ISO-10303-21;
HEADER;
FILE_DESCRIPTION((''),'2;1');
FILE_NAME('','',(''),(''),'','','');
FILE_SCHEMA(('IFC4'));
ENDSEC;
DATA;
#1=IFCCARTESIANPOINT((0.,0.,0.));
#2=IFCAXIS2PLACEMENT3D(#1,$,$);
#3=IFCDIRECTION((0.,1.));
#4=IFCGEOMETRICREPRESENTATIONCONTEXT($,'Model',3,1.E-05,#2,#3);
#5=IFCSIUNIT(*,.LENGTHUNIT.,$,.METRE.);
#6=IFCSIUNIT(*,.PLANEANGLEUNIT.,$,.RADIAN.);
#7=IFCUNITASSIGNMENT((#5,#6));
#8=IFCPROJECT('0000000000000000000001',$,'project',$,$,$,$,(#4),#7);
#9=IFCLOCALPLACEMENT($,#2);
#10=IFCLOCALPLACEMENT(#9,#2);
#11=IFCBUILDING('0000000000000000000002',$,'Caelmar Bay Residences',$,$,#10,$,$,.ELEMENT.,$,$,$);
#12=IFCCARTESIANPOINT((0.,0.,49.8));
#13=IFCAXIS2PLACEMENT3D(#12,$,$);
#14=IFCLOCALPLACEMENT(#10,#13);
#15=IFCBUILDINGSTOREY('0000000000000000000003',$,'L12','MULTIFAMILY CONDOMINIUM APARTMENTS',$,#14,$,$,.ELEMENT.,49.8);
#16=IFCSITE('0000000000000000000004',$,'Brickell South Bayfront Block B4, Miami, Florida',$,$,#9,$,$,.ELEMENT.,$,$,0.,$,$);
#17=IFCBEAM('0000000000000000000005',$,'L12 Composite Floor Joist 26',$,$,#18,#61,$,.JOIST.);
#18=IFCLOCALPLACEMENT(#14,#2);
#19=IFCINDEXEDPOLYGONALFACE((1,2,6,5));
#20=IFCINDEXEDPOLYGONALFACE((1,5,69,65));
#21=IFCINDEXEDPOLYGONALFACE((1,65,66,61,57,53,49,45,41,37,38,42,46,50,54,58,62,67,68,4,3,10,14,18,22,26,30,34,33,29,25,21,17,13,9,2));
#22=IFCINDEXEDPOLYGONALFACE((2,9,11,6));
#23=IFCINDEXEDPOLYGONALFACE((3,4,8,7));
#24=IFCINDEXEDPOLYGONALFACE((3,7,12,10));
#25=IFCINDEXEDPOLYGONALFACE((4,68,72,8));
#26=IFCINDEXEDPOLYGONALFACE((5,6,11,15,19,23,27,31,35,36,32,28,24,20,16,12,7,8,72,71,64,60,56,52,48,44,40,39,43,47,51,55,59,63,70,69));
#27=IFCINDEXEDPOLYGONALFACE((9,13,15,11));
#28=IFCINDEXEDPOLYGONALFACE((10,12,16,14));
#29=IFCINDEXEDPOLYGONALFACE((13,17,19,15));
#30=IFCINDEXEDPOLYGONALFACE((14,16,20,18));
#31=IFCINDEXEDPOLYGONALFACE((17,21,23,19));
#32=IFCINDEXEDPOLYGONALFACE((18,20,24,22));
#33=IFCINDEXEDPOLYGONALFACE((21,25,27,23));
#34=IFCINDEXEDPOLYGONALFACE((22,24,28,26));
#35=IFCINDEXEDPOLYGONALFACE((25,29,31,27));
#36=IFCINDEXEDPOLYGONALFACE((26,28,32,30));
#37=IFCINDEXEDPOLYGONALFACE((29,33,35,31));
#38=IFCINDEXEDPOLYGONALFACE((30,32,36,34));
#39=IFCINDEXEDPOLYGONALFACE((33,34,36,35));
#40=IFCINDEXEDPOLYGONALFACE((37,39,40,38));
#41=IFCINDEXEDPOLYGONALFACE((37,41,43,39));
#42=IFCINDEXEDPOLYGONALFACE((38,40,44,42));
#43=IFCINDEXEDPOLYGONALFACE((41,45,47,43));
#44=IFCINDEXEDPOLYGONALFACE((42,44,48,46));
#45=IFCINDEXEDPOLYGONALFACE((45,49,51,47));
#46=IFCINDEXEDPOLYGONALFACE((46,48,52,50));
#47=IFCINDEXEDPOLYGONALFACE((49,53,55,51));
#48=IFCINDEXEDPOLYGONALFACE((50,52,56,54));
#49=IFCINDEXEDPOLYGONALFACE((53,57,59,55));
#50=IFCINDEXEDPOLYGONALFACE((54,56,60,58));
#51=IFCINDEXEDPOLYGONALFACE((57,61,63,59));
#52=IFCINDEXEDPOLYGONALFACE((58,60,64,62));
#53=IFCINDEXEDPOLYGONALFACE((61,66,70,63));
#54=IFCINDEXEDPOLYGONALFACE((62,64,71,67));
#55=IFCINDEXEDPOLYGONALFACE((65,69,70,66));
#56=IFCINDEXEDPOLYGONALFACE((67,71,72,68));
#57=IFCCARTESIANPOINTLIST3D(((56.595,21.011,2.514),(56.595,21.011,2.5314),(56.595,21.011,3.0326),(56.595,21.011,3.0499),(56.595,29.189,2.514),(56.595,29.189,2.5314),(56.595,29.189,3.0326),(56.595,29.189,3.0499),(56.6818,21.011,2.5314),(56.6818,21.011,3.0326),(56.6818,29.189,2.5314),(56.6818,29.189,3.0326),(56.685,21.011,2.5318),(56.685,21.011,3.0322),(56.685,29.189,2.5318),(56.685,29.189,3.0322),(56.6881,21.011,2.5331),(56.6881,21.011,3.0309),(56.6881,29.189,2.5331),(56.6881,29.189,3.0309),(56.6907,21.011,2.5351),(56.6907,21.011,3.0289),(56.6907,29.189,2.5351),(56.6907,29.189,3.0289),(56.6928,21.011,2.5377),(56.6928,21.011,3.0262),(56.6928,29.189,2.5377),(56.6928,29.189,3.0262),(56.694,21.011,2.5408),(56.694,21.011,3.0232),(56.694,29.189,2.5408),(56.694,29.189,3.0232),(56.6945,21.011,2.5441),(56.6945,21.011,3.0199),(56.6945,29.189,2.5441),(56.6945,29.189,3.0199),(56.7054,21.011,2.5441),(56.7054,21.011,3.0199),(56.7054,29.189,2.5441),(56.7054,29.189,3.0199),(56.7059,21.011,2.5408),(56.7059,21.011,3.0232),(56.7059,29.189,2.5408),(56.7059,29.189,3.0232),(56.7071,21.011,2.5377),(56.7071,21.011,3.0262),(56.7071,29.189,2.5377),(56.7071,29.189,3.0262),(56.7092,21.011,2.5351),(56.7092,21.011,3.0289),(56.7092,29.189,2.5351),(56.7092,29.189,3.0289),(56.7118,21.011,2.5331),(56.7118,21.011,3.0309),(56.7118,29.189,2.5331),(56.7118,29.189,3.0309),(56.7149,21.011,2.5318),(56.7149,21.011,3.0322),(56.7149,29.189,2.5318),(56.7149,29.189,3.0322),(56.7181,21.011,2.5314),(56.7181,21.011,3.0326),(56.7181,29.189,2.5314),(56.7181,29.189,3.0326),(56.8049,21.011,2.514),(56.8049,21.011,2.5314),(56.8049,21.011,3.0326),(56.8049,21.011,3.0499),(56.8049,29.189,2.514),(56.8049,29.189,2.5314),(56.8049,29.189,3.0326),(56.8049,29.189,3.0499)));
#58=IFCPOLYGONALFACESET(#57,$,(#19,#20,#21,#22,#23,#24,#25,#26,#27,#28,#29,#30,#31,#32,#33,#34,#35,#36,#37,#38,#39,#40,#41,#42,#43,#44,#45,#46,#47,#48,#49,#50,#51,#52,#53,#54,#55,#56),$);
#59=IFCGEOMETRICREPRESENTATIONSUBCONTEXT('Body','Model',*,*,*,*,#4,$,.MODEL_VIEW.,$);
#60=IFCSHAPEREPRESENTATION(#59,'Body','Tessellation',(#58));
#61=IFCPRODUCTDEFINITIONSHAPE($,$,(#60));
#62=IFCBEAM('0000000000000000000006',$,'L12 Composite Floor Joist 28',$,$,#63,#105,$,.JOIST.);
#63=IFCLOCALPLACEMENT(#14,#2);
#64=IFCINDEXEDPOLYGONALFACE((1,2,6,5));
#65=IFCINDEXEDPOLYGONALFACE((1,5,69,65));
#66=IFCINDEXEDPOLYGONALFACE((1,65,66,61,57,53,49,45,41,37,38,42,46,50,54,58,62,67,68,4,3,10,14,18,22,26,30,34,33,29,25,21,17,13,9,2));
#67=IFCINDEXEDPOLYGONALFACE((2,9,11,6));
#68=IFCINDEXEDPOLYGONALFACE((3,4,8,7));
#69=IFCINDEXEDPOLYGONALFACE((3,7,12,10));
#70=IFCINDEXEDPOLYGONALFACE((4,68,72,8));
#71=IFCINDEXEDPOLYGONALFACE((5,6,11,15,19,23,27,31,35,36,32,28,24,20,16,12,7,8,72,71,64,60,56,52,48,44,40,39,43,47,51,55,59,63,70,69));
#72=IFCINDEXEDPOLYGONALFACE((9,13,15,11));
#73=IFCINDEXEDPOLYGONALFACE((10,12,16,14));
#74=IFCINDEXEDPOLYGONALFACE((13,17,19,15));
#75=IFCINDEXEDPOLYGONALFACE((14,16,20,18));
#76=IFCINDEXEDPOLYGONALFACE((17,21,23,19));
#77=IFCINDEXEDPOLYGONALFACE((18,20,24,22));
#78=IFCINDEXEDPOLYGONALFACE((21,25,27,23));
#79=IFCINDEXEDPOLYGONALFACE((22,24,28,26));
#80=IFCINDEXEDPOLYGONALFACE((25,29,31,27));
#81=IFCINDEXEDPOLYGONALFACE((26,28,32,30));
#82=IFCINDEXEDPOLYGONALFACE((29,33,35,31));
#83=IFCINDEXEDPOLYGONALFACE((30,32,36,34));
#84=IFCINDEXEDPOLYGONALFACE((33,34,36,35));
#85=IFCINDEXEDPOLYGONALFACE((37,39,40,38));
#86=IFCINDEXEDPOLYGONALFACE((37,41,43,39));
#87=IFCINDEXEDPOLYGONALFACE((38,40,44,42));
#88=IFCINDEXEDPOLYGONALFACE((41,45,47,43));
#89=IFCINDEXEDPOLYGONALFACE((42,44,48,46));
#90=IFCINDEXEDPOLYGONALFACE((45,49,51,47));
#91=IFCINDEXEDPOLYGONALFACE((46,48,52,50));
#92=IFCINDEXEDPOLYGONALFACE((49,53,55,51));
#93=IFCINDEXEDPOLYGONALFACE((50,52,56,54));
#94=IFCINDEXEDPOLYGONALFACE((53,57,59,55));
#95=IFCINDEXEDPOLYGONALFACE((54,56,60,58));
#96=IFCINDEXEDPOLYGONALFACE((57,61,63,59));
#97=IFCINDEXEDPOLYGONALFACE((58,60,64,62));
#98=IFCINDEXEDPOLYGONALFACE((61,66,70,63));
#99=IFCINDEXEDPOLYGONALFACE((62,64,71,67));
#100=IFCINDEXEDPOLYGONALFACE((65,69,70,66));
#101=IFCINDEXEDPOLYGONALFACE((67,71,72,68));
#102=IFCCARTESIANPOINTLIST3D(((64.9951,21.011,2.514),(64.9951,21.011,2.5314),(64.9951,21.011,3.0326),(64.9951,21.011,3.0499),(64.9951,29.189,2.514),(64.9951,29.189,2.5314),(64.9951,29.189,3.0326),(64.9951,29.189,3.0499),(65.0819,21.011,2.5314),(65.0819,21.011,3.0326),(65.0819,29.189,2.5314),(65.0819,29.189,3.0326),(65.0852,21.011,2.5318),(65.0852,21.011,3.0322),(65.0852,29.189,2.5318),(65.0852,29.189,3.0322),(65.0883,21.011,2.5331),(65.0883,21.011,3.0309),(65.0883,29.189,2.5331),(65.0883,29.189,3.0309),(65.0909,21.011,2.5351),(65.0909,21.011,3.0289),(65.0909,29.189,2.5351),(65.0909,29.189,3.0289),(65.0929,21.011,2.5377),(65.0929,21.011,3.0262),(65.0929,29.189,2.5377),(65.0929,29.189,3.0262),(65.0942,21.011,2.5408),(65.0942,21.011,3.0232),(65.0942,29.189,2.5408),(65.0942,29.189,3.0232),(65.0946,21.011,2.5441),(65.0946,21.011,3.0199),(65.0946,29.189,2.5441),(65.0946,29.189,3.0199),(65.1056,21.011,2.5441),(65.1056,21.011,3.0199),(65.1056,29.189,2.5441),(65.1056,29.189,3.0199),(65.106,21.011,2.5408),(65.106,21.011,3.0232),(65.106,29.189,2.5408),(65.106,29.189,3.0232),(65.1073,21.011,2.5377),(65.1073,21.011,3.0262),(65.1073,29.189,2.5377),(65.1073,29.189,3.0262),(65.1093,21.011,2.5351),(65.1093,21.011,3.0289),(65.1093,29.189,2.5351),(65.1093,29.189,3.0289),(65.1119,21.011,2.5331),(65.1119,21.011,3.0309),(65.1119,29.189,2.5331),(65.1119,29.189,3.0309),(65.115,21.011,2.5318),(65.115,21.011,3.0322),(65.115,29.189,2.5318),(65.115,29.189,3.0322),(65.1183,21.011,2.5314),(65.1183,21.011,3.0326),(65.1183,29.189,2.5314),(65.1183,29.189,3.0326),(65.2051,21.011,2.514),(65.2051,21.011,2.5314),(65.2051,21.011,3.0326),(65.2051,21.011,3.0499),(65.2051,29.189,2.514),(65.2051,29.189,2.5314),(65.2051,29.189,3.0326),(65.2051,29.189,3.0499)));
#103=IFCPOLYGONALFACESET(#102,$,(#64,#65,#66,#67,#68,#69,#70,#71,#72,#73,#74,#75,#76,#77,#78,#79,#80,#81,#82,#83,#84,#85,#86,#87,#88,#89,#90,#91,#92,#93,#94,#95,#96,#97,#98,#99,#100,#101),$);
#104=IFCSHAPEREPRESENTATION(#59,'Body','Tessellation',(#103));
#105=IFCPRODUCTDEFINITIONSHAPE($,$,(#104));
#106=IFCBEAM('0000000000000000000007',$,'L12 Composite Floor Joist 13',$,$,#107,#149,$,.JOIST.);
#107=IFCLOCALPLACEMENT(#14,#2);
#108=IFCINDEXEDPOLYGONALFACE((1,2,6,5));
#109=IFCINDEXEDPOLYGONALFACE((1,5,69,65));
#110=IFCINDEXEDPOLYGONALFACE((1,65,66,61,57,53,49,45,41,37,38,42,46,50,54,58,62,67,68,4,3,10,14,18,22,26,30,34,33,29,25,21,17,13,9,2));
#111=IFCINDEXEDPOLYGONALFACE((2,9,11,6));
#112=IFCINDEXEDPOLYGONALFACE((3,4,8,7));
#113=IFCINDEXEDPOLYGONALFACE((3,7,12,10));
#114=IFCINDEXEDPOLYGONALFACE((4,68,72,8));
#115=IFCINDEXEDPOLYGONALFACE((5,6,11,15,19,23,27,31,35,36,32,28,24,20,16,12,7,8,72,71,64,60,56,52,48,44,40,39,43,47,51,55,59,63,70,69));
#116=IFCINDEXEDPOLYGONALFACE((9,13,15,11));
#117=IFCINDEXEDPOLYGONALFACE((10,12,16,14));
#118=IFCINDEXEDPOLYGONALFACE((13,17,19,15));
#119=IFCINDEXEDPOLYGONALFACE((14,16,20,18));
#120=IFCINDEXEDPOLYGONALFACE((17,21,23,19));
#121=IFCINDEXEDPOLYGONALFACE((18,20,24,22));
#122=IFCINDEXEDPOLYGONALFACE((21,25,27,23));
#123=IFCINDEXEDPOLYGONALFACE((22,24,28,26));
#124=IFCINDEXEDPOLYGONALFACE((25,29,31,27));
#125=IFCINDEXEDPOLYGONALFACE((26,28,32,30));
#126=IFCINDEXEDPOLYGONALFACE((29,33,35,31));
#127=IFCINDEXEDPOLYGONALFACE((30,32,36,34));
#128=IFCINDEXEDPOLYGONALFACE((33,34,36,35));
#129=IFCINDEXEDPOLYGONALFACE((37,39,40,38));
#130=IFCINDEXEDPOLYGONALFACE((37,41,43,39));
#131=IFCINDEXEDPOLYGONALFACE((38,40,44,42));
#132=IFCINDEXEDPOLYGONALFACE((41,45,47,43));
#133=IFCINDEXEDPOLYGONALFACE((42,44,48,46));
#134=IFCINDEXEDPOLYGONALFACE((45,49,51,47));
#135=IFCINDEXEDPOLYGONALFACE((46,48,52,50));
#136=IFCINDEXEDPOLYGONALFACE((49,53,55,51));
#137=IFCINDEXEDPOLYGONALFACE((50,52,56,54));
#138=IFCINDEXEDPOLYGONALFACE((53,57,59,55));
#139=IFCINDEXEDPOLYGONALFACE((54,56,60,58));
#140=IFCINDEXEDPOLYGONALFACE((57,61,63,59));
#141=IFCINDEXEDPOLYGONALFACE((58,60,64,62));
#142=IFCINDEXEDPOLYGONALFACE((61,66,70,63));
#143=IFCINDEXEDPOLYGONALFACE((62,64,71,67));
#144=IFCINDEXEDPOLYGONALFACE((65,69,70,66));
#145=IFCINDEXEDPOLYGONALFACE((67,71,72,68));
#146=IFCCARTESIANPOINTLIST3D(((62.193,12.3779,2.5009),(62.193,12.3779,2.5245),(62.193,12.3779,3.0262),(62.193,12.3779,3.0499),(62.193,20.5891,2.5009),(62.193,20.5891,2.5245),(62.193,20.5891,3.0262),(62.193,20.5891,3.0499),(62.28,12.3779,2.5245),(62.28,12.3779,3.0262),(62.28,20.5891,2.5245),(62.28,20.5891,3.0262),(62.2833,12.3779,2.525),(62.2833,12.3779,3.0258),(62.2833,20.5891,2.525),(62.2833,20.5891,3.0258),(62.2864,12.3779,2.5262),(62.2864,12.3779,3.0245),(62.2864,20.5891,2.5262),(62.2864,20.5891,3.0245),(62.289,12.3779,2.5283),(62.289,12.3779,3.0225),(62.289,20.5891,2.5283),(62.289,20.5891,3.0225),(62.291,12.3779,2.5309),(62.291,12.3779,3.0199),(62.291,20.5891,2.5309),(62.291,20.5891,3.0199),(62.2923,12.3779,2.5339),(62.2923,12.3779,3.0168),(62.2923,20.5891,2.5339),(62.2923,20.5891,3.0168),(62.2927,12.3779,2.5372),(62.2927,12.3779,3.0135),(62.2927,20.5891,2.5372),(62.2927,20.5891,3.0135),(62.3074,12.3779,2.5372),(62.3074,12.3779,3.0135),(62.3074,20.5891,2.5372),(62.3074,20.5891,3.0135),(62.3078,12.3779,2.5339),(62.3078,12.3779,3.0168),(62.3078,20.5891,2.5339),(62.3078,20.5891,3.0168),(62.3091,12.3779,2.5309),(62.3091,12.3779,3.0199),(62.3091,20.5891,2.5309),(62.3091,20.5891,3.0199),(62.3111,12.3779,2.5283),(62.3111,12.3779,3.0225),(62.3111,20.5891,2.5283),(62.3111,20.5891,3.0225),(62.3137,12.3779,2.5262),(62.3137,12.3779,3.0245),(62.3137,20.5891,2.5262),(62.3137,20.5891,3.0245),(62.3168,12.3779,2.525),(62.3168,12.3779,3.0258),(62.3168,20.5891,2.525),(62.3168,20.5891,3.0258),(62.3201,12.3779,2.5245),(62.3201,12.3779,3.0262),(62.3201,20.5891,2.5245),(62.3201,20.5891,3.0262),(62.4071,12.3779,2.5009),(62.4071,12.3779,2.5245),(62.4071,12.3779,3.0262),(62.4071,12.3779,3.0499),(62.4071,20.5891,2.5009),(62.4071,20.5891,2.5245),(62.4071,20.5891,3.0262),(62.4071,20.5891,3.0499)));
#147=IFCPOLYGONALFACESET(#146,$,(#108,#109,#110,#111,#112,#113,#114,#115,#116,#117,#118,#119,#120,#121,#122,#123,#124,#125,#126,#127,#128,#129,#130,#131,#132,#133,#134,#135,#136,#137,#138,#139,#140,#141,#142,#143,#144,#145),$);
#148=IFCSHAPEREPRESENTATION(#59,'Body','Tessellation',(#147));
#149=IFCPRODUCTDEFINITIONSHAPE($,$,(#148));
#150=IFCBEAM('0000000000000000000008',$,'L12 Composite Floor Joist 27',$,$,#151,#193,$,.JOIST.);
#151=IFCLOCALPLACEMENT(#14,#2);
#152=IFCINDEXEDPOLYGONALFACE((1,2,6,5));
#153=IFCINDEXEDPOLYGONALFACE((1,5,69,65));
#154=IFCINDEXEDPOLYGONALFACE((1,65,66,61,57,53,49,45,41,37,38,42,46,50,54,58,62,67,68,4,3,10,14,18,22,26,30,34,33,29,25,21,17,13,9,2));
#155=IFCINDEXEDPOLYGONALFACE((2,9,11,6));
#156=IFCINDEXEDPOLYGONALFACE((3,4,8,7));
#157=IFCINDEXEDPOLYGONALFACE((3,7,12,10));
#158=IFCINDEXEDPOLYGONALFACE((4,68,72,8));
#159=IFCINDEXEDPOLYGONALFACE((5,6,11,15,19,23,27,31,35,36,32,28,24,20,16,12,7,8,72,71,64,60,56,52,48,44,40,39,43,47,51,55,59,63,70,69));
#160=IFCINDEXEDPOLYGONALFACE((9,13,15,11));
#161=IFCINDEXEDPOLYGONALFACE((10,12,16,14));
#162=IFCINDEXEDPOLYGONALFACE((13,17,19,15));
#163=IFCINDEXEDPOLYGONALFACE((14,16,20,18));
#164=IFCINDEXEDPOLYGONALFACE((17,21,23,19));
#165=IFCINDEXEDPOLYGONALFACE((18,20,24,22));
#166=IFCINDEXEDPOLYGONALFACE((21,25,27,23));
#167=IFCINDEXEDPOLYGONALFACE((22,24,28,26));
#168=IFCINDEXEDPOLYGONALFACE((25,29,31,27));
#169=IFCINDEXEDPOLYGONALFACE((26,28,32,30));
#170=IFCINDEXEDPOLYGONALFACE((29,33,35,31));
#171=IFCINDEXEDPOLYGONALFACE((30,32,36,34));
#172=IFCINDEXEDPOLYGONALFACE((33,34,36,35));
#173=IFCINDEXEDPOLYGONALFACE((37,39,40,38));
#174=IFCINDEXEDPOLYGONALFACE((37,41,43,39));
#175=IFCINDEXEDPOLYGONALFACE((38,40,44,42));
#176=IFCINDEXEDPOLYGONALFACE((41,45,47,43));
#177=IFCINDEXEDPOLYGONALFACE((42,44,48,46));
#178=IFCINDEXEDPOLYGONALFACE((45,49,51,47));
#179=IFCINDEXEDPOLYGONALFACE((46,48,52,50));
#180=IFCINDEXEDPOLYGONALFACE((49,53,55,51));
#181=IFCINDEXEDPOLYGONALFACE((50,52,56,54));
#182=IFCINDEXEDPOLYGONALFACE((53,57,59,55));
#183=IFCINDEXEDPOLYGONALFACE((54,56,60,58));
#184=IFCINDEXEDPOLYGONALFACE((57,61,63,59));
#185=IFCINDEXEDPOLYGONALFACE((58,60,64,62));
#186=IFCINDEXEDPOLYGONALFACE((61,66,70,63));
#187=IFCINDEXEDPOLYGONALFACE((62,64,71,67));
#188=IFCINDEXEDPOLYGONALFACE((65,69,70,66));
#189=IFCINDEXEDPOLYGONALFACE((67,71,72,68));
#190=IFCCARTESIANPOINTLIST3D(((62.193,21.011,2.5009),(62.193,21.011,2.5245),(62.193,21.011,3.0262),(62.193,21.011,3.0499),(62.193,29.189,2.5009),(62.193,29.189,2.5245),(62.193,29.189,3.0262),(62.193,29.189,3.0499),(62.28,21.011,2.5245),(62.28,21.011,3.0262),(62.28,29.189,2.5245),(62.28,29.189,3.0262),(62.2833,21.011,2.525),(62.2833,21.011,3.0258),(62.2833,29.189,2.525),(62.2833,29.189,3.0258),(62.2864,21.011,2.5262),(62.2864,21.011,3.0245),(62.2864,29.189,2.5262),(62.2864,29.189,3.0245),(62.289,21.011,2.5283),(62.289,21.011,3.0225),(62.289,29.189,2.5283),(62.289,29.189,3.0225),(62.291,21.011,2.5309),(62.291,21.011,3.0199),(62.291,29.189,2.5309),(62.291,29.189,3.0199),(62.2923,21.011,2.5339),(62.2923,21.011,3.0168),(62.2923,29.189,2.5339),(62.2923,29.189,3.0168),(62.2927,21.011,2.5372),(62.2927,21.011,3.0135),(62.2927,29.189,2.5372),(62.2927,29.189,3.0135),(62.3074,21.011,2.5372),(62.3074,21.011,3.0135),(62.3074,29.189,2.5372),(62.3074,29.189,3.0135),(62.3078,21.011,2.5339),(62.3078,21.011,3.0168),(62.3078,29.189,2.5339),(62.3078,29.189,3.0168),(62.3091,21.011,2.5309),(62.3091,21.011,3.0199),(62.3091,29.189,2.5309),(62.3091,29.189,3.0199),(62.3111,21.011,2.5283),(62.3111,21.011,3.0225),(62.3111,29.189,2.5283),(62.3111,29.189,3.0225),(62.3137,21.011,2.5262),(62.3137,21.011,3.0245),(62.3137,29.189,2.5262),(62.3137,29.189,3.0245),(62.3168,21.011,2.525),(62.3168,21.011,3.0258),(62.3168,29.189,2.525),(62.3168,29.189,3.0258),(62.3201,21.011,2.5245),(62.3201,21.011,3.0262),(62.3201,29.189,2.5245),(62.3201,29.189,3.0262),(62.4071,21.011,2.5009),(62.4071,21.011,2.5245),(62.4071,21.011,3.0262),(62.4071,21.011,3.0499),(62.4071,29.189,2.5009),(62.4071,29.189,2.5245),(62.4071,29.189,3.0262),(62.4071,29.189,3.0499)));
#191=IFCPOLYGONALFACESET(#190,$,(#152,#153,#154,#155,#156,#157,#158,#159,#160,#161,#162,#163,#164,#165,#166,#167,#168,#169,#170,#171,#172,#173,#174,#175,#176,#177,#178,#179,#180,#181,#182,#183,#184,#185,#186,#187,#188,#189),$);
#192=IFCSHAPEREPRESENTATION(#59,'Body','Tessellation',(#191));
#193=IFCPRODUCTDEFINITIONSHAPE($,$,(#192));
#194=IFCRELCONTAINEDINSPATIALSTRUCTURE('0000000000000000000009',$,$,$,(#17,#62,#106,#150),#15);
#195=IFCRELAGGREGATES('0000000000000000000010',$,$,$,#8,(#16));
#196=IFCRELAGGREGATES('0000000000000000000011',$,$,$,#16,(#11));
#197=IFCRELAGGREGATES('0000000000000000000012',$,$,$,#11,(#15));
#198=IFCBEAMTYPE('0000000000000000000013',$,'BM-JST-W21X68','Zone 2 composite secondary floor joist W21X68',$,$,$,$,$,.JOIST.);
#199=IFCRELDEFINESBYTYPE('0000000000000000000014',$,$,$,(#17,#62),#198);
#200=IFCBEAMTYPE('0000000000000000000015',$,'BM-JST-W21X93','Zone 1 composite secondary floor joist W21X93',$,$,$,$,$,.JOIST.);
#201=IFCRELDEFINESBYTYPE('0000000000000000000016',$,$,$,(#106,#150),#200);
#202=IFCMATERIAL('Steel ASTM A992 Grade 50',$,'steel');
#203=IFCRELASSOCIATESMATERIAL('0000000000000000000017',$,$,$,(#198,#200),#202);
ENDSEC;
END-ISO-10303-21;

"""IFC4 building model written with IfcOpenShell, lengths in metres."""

from ifc_helpers import new_model, si_unit, direction, frame, origin, origin_2d, place, context, subcontext, project, spatial, i_section, extrude, material, material_profile, profile_set, type_object, element, save


model = new_model("IFC4")

# Units and contexts
model_context = context("Model", 3, precision=1e-05, world=origin(), true_north=direction((0.0, 1.0)))
body_context = subcontext(model_context, "Body", "Model", "MODEL_VIEW")
ifc_project = project(units=[si_unit("LENGTHUNIT", "METRE"), si_unit("PLANEANGLEUNIT", "RADIAN")], contexts=[model_context])

# Site, building, storey
site_placement = place(None, origin())
site = spatial("IfcSite", under=ifc_project, at=site_placement, Name="Brickell South Bayfront Block B4, Miami, Florida", CompositionType="ELEMENT", RefElevation=0.0)
building_placement = place(site_placement, origin())
building = spatial("IfcBuilding", under=site, at=building_placement, Name="Caelmar Bay Residences", CompositionType="ELEMENT")
storey_placement = place(building_placement, frame((0.0, 0.0, 49.8)))
storey = spatial("IfcBuildingStorey", under=building, at=storey_placement, Name="L12", Description="MULTIFAMILY CONDOMINIUM APARTMENTS", CompositionType="ELEMENT", Elevation=49.8)

# Beams
ifc_material_1 = material(Name="Steel ASTM A992 Grade 50", Category="steel")
ifc_material_profile_1 = material_profile(ifc_material_1, i_section(OverallWidth=0.21, OverallDepth=0.5359, WebThickness=0.011, FlangeThickness=0.0173, FilletRadius=0.0127, at=origin_2d()), Name="W21X68")
ifc_profile_set_1 = profile_set([ifc_material_profile_1], Name="Steel ASTM A992 Grade 50")
beam_type_1 = type_object("IfcBeamType", Name="BM-JST-W21X68", Description="Zone 2 composite secondary floor joist W21X68", PredefinedType="JOIST", material=ifc_profile_set_1)
for number, where, z_axis, x_axis, name in (
    (1, (56.7, 21.011, 2.782), (0.0, 1.0, 0.0), (-1.0, 0.0, 0.0), "L12 Composite Floor Joist 26"),
    (2, (65.1001, 21.011, 2.782), (0.0, 1.0, 0.0), (-1.0, 0.0, 0.0), "L12 Composite Floor Joist 28"),
):
    element("IfcBeam", number, at=place(storey_placement, frame(where, z_axis=z_axis, x_axis=x_axis)), inside=storey, type_object=beam_type_1, Name=name, PredefinedType="JOIST", context=body_context, shape_type="SweptSolid", body=[
        extrude(i_section(OverallWidth=0.21, OverallDepth=0.5359, WebThickness=0.011, FlangeThickness=0.0173, FilletRadius=0.0127, at=origin_2d()), origin(), (0.0, 0.0, 1.0), 8.178),
    ])
ifc_material_profile_2 = material_profile(ifc_material_1, i_section(OverallWidth=0.2141, OverallDepth=0.5491, WebThickness=0.0146, FlangeThickness=0.0237, FilletRadius=0.0127, at=origin_2d()), Name="W21X93")
ifc_profile_set_2 = profile_set([ifc_material_profile_2], Name="Steel ASTM A992 Grade 50")
beam_type_2 = type_object("IfcBeamType", Name="BM-JST-W21X93", Description="Zone 1 composite secondary floor joist W21X93", PredefinedType="JOIST", material=ifc_profile_set_2)
beam_1_placement = place(storey_placement, frame((62.3, 12.3779, 2.7754), z_axis=(0.0, 1.0, 0.0), x_axis=(-1.0, 0.0, 0.0)))
element("IfcBeam", 3, at=beam_1_placement, inside=storey, type_object=beam_type_2, Name="L12 Composite Floor Joist 13", PredefinedType="JOIST", context=body_context, shape_type="SweptSolid", body=[
    extrude(i_section(OverallWidth=0.2141, OverallDepth=0.5491, WebThickness=0.0146, FlangeThickness=0.0237, FilletRadius=0.0127, at=origin_2d()), origin(), (0.0, 0.0, 1.0), 8.2112),
])
beam_2_placement = place(storey_placement, frame((62.3, 21.011, 2.7754), z_axis=(0.0, 1.0, 0.0), x_axis=(-1.0, 0.0, 0.0)))
element("IfcBeam", 4, at=beam_2_placement, inside=storey, type_object=beam_type_2, Name="L12 Composite Floor Joist 27", PredefinedType="JOIST", context=body_context, shape_type="SweptSolid", body=[
    extrude(i_section(OverallWidth=0.2141, OverallDepth=0.5491, WebThickness=0.0146, FlangeThickness=0.0237, FilletRadius=0.0127, at=origin_2d()), origin(), (0.0, 0.0, 1.0), 8.178),
])

save(model, "model.ifc")
